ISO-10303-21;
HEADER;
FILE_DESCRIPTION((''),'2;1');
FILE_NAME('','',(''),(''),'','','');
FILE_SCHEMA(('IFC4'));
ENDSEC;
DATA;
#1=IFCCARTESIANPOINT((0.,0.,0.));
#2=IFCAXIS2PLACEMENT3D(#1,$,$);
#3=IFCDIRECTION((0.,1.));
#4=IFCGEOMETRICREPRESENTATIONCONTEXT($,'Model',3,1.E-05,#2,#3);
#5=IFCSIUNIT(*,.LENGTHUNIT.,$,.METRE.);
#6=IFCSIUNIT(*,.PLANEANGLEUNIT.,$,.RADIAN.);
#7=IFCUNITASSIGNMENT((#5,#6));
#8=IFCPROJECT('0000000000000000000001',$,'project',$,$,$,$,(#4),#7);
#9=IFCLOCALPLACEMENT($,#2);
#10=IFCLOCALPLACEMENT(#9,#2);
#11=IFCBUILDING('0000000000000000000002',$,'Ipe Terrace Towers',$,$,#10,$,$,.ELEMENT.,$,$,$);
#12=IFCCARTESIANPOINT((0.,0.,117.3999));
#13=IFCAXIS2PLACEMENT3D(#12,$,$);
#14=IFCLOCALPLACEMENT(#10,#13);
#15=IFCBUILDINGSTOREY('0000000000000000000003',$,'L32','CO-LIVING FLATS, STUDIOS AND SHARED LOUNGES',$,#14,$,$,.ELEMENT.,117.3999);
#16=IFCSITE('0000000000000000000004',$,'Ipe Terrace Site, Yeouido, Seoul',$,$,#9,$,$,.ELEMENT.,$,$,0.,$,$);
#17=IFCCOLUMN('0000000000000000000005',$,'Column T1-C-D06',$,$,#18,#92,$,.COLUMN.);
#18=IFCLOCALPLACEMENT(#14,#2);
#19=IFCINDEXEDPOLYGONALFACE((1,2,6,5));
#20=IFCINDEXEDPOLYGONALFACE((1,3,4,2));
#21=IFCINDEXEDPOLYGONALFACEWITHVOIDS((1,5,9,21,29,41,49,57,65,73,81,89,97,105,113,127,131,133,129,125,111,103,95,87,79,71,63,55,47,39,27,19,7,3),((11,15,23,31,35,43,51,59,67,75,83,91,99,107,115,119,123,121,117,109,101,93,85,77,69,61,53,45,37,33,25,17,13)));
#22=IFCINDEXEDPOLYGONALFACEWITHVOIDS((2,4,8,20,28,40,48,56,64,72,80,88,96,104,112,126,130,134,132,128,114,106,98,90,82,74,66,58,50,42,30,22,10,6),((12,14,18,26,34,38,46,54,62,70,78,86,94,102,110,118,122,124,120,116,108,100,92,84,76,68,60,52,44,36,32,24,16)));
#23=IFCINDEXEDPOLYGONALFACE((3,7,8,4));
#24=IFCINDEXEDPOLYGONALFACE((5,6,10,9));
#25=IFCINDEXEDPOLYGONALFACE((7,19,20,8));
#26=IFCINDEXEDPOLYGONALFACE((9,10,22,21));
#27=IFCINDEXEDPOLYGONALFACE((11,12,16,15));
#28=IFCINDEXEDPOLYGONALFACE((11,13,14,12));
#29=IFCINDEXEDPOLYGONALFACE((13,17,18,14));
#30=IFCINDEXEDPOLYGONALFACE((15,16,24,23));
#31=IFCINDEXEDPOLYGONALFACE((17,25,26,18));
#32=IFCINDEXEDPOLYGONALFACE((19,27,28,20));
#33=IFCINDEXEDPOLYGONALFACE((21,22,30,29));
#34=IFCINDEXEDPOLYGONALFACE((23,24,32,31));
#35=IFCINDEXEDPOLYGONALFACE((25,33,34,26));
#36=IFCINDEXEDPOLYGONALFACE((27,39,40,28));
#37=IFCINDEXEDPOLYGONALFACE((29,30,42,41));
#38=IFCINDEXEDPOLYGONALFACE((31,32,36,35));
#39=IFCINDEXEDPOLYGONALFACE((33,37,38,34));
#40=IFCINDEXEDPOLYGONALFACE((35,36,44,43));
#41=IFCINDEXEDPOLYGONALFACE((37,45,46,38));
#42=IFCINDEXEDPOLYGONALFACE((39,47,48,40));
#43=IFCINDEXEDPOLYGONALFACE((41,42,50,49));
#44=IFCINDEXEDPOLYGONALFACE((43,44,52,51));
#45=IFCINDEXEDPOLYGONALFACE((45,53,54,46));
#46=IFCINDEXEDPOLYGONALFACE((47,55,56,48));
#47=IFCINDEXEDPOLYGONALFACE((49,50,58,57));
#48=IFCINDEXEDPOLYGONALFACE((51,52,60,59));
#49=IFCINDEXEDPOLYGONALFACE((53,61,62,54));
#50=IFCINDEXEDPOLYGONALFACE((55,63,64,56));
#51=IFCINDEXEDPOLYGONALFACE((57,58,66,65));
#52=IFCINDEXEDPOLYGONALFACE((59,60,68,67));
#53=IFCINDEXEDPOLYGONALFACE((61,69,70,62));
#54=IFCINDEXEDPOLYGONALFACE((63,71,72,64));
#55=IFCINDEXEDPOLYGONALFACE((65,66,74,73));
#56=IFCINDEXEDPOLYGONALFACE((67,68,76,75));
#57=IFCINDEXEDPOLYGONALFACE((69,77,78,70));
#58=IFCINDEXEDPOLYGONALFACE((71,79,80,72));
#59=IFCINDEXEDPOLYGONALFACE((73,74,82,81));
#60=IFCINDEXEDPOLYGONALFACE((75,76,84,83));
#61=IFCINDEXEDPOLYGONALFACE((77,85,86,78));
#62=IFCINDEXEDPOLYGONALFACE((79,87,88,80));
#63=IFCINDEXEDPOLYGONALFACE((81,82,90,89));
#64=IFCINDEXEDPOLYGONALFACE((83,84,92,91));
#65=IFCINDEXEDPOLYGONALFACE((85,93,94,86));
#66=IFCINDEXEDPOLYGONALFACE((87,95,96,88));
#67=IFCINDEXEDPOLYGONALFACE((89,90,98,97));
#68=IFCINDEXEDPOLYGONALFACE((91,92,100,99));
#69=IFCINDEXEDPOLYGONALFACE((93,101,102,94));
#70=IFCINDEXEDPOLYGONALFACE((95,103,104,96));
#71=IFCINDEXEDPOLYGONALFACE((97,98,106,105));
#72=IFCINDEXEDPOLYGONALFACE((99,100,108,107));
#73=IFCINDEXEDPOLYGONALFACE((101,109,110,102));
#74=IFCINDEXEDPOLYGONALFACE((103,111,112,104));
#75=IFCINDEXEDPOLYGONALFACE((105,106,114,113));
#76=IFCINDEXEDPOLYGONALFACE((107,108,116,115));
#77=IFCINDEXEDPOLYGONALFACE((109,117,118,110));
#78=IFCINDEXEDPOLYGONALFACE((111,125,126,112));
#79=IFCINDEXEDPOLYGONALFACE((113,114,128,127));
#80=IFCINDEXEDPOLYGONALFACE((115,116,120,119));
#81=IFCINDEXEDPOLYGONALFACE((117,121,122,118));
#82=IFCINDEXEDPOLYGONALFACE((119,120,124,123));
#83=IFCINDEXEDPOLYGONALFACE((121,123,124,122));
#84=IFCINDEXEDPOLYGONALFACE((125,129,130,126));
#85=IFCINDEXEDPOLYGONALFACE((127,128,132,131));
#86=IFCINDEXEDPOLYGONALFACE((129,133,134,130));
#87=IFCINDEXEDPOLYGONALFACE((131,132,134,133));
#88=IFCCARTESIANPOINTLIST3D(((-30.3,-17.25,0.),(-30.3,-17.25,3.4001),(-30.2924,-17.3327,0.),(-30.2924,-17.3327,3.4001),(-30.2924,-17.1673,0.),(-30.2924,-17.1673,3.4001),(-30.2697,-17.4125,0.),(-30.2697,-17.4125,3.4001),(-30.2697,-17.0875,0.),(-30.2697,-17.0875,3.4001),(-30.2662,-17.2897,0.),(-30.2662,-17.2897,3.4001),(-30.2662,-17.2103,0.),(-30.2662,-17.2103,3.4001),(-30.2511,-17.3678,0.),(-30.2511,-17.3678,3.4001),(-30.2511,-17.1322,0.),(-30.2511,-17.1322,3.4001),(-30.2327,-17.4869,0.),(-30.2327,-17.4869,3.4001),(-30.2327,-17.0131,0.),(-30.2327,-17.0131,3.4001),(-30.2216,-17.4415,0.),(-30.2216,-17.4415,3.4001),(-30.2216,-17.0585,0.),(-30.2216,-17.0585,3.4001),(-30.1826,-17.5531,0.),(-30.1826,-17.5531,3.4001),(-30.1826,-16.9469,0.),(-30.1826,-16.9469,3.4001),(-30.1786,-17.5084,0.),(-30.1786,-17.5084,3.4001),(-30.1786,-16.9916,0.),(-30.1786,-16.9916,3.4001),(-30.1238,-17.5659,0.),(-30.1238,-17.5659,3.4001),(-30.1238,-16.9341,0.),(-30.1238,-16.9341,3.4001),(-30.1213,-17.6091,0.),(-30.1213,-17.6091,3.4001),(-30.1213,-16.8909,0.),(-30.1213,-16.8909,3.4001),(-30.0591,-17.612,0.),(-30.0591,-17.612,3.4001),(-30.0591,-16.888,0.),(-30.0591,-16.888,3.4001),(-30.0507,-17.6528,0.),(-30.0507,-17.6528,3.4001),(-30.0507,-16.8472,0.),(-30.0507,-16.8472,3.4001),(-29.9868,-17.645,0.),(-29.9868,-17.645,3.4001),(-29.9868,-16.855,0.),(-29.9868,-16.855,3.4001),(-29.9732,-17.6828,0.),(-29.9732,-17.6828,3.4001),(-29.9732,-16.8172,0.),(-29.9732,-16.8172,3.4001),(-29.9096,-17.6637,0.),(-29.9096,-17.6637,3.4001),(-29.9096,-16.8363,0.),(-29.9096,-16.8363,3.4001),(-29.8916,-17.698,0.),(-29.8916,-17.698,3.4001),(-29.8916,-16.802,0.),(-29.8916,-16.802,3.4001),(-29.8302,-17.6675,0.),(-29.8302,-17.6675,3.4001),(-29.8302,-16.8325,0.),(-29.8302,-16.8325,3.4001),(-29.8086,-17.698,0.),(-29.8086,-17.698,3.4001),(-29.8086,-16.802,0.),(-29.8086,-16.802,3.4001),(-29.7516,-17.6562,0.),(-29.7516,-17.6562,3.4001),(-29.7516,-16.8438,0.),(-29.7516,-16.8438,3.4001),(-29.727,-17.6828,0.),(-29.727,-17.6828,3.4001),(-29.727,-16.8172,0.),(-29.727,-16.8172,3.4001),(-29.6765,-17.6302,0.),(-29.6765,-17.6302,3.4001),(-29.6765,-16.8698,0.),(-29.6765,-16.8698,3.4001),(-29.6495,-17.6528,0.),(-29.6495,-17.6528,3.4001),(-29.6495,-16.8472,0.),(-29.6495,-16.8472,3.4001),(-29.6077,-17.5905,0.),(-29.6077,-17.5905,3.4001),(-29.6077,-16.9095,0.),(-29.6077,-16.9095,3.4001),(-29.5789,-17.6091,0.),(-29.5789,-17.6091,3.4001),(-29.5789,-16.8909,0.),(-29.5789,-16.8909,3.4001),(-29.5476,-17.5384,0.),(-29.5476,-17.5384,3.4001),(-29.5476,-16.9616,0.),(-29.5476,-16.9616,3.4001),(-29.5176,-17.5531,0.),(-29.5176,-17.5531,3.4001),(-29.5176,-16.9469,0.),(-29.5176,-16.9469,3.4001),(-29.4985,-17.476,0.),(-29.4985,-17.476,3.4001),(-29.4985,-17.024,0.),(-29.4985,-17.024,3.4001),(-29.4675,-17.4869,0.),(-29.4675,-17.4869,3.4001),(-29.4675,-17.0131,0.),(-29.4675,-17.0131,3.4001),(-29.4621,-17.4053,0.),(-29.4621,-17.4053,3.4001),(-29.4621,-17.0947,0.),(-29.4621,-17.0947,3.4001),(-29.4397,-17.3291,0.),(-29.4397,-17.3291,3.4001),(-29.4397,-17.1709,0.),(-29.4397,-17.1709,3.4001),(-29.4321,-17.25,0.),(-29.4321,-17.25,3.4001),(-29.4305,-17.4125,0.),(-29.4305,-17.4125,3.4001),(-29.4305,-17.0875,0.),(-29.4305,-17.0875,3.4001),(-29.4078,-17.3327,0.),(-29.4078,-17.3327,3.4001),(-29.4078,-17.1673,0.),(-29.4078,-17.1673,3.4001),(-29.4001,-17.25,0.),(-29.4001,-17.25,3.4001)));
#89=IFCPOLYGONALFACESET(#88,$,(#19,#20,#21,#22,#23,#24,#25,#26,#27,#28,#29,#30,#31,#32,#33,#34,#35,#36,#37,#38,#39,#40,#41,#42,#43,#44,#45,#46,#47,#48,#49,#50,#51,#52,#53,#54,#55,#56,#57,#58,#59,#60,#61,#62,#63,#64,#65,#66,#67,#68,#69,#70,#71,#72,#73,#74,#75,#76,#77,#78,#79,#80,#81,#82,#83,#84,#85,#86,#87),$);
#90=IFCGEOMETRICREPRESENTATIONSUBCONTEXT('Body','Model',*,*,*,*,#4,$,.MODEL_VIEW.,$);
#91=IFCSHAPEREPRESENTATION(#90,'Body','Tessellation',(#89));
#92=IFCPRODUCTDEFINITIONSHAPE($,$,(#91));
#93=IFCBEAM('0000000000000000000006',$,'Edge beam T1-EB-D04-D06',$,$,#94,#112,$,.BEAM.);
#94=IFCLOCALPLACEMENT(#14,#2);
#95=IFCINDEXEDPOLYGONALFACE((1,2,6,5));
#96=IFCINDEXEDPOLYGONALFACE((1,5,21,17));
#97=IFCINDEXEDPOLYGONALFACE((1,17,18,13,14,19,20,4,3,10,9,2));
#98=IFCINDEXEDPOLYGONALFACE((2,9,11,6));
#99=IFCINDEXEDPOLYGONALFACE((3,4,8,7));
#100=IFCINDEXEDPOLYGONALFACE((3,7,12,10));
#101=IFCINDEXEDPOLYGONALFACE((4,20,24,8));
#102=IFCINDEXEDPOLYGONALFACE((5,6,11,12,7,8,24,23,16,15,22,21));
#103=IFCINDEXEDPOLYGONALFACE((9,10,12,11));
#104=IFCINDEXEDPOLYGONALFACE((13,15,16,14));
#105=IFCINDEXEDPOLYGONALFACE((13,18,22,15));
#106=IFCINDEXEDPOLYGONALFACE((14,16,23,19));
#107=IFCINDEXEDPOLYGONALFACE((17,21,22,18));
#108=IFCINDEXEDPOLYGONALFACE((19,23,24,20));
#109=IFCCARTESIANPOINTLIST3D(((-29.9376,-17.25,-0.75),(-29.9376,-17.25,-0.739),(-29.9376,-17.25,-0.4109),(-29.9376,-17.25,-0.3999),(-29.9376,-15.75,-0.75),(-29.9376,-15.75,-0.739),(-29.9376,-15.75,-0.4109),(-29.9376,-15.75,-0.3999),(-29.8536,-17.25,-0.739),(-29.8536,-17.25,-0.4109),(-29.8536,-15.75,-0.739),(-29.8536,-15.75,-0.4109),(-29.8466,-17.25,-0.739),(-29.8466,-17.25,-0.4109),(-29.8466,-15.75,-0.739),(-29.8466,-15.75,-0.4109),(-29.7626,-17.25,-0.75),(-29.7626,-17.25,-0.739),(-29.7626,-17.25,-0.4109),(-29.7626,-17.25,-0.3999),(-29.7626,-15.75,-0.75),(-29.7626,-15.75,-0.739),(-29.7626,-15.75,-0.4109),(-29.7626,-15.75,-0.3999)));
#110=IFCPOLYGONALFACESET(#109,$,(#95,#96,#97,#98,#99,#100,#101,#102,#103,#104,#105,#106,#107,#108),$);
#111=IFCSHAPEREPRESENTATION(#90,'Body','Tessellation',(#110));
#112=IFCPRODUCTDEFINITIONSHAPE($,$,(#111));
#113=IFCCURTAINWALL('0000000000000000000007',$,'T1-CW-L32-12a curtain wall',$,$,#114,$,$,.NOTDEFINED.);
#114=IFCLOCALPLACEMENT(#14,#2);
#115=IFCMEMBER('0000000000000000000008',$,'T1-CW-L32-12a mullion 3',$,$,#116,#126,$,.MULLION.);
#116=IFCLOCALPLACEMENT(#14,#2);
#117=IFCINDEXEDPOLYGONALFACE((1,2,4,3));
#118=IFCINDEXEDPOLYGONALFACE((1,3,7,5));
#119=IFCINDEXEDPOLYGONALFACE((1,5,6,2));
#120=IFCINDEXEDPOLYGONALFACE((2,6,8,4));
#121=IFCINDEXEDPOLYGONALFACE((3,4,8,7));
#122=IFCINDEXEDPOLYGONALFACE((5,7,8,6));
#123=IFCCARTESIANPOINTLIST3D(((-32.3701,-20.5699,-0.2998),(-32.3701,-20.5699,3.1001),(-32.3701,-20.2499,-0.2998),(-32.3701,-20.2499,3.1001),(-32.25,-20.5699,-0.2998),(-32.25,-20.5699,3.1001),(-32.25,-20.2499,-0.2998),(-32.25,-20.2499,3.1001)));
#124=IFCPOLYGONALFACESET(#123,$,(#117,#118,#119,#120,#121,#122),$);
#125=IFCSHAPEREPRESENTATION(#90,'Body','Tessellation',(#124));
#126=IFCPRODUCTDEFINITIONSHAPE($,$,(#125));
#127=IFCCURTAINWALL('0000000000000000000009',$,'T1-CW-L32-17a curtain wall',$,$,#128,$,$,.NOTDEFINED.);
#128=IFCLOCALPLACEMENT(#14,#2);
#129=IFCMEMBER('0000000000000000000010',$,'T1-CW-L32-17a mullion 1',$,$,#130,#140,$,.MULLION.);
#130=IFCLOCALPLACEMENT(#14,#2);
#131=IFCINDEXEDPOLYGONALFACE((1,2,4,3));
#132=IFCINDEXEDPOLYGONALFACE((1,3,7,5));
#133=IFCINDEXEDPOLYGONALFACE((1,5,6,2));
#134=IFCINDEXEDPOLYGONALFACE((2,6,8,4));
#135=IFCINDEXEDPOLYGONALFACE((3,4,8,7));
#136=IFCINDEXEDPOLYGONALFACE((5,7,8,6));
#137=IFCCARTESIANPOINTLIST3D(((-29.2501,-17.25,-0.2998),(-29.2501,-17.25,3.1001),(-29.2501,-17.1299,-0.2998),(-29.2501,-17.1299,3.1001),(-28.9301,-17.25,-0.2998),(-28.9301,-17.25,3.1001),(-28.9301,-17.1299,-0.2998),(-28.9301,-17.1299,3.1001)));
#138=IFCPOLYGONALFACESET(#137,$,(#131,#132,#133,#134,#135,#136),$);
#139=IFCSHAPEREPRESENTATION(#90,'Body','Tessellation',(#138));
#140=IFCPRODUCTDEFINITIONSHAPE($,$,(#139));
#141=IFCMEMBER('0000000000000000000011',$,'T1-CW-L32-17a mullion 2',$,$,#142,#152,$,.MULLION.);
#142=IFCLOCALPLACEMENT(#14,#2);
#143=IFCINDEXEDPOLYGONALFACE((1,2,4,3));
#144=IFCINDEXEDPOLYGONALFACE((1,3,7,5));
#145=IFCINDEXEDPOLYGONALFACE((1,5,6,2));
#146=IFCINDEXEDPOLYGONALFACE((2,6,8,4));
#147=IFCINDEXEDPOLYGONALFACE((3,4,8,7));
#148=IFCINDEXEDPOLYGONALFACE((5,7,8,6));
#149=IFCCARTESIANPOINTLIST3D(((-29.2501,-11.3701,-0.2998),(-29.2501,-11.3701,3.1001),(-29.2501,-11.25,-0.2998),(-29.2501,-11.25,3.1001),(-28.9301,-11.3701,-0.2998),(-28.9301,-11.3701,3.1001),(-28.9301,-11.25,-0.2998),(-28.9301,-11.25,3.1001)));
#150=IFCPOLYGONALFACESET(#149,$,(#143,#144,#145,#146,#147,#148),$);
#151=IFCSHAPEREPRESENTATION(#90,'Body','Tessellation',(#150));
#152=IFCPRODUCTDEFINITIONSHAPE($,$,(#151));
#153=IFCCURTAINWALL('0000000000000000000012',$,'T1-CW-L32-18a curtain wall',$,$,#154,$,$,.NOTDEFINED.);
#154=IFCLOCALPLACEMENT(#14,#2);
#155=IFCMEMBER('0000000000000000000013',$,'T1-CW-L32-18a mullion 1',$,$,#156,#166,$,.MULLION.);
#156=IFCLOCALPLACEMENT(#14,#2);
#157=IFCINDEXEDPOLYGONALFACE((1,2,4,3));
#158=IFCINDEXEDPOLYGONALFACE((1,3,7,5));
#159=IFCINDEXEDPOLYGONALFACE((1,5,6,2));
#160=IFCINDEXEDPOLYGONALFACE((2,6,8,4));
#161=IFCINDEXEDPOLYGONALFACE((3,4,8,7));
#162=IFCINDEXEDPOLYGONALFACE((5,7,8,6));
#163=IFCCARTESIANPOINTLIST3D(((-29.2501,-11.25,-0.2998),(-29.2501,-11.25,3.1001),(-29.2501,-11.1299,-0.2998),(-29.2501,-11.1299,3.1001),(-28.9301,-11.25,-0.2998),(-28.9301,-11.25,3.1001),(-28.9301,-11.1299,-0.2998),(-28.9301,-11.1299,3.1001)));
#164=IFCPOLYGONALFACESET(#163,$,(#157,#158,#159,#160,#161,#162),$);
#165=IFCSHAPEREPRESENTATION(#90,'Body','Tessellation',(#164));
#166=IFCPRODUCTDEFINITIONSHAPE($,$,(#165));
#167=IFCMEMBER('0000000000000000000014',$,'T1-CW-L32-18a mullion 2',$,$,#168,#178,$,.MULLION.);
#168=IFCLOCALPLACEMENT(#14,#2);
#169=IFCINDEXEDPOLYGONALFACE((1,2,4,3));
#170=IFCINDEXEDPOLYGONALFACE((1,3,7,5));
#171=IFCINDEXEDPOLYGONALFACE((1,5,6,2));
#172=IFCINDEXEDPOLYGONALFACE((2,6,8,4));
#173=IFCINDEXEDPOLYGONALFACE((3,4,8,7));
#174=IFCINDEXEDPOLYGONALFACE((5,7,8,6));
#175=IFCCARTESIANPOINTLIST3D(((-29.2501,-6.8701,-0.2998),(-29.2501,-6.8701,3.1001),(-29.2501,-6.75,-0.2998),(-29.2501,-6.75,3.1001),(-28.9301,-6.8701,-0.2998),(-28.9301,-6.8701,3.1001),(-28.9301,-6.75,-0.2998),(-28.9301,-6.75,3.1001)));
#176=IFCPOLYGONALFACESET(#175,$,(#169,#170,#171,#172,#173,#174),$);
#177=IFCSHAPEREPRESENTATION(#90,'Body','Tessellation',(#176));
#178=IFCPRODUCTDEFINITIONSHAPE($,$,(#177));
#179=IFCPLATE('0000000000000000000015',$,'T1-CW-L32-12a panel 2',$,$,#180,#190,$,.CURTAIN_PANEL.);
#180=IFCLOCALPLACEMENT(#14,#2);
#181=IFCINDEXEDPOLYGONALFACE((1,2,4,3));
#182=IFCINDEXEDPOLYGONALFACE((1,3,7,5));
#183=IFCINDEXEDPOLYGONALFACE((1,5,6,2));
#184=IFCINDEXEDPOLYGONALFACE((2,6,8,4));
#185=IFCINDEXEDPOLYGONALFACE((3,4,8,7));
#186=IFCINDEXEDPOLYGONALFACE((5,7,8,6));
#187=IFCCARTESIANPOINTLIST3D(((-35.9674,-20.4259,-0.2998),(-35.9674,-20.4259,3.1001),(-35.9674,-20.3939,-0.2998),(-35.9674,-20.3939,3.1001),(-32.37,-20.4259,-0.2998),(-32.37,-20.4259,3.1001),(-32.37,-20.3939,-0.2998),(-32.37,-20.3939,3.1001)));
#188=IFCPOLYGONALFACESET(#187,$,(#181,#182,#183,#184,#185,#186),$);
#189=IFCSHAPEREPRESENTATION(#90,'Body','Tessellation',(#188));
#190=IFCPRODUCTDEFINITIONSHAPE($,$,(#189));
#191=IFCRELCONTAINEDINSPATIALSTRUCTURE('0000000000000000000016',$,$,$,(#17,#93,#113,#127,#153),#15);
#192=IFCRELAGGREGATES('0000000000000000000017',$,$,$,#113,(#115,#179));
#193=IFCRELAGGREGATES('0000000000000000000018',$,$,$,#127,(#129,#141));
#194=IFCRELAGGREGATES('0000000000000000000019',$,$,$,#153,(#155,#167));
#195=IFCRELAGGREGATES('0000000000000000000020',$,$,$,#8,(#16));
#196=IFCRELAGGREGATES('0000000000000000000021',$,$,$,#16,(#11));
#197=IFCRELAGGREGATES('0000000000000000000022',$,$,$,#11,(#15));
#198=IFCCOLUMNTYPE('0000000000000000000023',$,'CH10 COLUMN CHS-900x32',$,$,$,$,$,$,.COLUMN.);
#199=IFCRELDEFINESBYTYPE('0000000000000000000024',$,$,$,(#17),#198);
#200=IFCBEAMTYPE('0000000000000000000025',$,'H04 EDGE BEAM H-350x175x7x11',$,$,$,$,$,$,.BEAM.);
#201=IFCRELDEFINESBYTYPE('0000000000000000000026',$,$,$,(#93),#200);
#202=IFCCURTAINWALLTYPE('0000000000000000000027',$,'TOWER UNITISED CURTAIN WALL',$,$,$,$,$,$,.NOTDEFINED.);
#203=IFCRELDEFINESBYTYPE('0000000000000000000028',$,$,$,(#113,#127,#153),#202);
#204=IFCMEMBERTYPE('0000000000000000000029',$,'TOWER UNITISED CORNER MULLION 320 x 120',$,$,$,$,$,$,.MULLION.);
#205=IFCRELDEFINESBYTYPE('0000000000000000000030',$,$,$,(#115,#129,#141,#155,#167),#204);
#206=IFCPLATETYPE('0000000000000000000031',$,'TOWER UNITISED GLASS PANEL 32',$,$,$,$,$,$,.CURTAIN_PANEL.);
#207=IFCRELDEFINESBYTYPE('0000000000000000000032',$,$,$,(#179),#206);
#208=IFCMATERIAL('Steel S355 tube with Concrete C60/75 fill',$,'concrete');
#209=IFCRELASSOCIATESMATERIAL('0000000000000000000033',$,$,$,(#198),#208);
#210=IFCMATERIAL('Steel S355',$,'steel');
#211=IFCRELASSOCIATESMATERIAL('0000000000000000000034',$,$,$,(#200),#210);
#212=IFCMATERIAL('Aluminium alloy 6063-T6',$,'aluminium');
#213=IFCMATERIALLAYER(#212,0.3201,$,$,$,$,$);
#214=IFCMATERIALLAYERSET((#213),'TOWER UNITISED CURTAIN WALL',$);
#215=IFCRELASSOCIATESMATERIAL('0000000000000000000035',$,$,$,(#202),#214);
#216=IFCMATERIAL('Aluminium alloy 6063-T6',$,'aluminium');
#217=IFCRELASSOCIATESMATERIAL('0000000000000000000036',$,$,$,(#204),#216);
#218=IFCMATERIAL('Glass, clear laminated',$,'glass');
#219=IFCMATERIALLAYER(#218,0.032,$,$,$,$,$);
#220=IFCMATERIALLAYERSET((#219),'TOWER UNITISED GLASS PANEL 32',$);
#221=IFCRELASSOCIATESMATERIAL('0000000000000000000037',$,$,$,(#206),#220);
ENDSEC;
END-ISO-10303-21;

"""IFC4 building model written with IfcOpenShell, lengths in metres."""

from ifc_helpers import new_model, si_unit, direction, frame, origin, origin_2d, place, context, subcontext, project, spatial, rectangle, hollow_circle, i_section, extrude, material, layer, layer_set, material_profile, profile_set, type_object, element, aggregate, save


model = new_model("IFC4")

# Units and contexts
model_context = context("Model", 3, precision=1e-05, world=origin(), true_north=direction((0.0, 1.0)))
body_context = subcontext(model_context, "Body", "Model", "MODEL_VIEW")
ifc_project = project(units=[si_unit("LENGTHUNIT", "METRE"), si_unit("PLANEANGLEUNIT", "RADIAN")], contexts=[model_context])

# Site, building, storey
site_placement = place(None, origin())
site = spatial("IfcSite", under=ifc_project, at=site_placement, Name="Ipe Terrace Site, Yeouido, Seoul", CompositionType="ELEMENT", RefElevation=0.0)
building_placement = place(site_placement, origin())
building = spatial("IfcBuilding", under=site, at=building_placement, Name="Ipe Terrace Towers", CompositionType="ELEMENT")
storey_placement = place(building_placement, frame((0.0, 0.0, 117.3999)))
storey = spatial("IfcBuildingStorey", under=building, at=storey_placement, Name="L32", Description="CO-LIVING FLATS, STUDIOS AND SHARED LOUNGES", CompositionType="ELEMENT", Elevation=117.3999)

# Column
ifc_material_1 = material(Name="Steel S355 tube with Concrete C60/75 fill", Category="concrete")
ifc_material_profile_1 = material_profile(ifc_material_1, hollow_circle(Radius=0.45, WallThickness=0.032, at=origin_2d()), Name="CHS-900x32")
ifc_profile_set_1 = profile_set([ifc_material_profile_1], Name="Steel S355 tube with Concrete C60/75 fill")
column_type_1 = type_object("IfcColumnType", Name="CH10 COLUMN CHS-900x32", PredefinedType="COLUMN", material=ifc_profile_set_1)
for number, where, z_axis, x_axis, name in (
    (1, (-29.8501, -17.25, 0.0), (0.0, 0.0, 1.0), (1.0, 0.0, 0.0), "Column T1-C-D06"),
):
    element("IfcColumn", number, at=place(storey_placement, frame(where, z_axis=z_axis, x_axis=x_axis)), inside=storey, type_object=column_type_1, Name=name, PredefinedType="COLUMN", context=body_context, shape_type="SweptSolid", body=[
        extrude(hollow_circle(Radius=0.45, WallThickness=0.032, at=origin_2d()), origin(), (0.0, 0.0, 1.0), 3.4001),
    ])

# Beam
ifc_material_2 = material(Name="Steel S355", Category="steel")
ifc_material_profile_2 = material_profile(ifc_material_2, i_section(OverallWidth=0.175, OverallDepth=0.3501, WebThickness=0.0071, FlangeThickness=0.011, at=origin_2d()), Name="H-350x175x7x11")
ifc_profile_set_2 = profile_set([ifc_material_profile_2], Name="Steel S355")
beam_type = type_object("IfcBeamType", Name="H04 EDGE BEAM H-350x175x7x11", PredefinedType="BEAM", material=ifc_profile_set_2)
beam_placement = place(storey_placement, frame((-29.8501, -15.75, -0.575), z_axis=(0.0, -1.0, 0.0), x_axis=(1.0, 0.0, 0.0)))
element("IfcBeam", 2, at=beam_placement, inside=storey, type_object=beam_type, Name="Edge beam T1-EB-D04-D06", PredefinedType="BEAM", context=body_context, shape_type="SweptSolid", body=[
    extrude(i_section(OverallWidth=0.175, OverallDepth=0.3501, WebThickness=0.0071, FlangeThickness=0.011, at=origin_2d()), origin(), (0.0, 0.0, 1.0), 1.5),
])

# Curtain wall, member
ifc_material_3 = material(Name="Aluminium alloy 6063-T6", Category="aluminium")
ifc_layer_1 = layer(ifc_material_3, 0.3201)
ifc_layer_set_1 = layer_set([ifc_layer_1], Name="TOWER UNITISED CURTAIN WALL")
curtain_wall_type = type_object("IfcCurtainWallType", Name="TOWER UNITISED CURTAIN WALL", PredefinedType="NOTDEFINED", material=ifc_layer_set_1)
curtain_wall_1_placement = place(storey_placement, origin())
curtain_wall_1 = element("IfcCurtainWall", 3, at=curtain_wall_1_placement, inside=storey, type_object=curtain_wall_type, Name="T1-CW-L32-12a curtain wall", PredefinedType="NOTDEFINED")
ifc_material_4 = material(Name="Aluminium alloy 6063-T6", Category="aluminium")
ifc_material_profile_3 = material_profile(ifc_material_4, rectangle(XDim=0.3201, YDim=0.1201, at=origin_2d()), Name="TOWER UNITISED CORNER MULLION 320 x 120")
ifc_profile_set_3 = profile_set([ifc_material_profile_3], Name="Aluminium alloy 6063-T6")
member_type = type_object("IfcMemberType", Name="TOWER UNITISED CORNER MULLION 320 x 120", PredefinedType="MULLION", material=ifc_profile_set_3)
member_1_placement = place(storey_placement, frame((-32.3101, -20.4099, -0.2998), z_axis=(0.0, 0.0, 1.0), x_axis=(0.0, -1.0, 0.0)))
member_1 = element("IfcMember", 4, at=member_1_placement, type_object=member_type, Name="T1-CW-L32-12a mullion 3", PredefinedType="MULLION", context=body_context, shape_type="SweptSolid", body=[
    extrude(rectangle(XDim=0.3201, YDim=0.1201, at=origin_2d()), origin(), (0.0, 0.0, 1.0), 3.3999),
])

# Curtain walls, members
curtain_wall_2_placement = place(storey_placement, origin())
curtain_wall_2 = element("IfcCurtainWall", 5, at=curtain_wall_2_placement, inside=storey, type_object=curtain_wall_type, Name="T1-CW-L32-17a curtain wall", PredefinedType="NOTDEFINED")
member_2_placement = place(storey_placement, frame((-29.0901, -17.1899, -0.2998), z_axis=(0.0, 0.0, 1.0), x_axis=(1.0, 0.0, 0.0)))
member_2 = element("IfcMember", 6, at=member_2_placement, type_object=member_type, Name="T1-CW-L32-17a mullion 1", PredefinedType="MULLION", context=body_context, shape_type="SweptSolid", body=[
    extrude(rectangle(XDim=0.3201, YDim=0.1201, at=origin_2d()), origin(), (0.0, 0.0, 1.0), 3.3999),
])
member_3_placement = place(storey_placement, frame((-29.0901, -11.3101, -0.2998), z_axis=(0.0, 0.0, 1.0), x_axis=(1.0, 0.0, 0.0)))
member_3 = element("IfcMember", 7, at=member_3_placement, type_object=member_type, Name="T1-CW-L32-17a mullion 2", PredefinedType="MULLION", context=body_context, shape_type="SweptSolid", body=[
    extrude(rectangle(XDim=0.3201, YDim=0.1201, at=origin_2d()), origin(), (0.0, 0.0, 1.0), 3.3999),
])
curtain_wall_3_placement = place(storey_placement, origin())
curtain_wall_3 = element("IfcCurtainWall", 8, at=curtain_wall_3_placement, inside=storey, type_object=curtain_wall_type, Name="T1-CW-L32-18a curtain wall", PredefinedType="NOTDEFINED")
member_4_placement = place(storey_placement, frame((-29.0901, -11.1899, -0.2998), z_axis=(0.0, 0.0, 1.0), x_axis=(1.0, 0.0, 0.0)))
member_4 = element("IfcMember", 9, at=member_4_placement, type_object=member_type, Name="T1-CW-L32-18a mullion 1", PredefinedType="MULLION", context=body_context, shape_type="SweptSolid", body=[
    extrude(rectangle(XDim=0.3201, YDim=0.1201, at=origin_2d()), origin(), (0.0, 0.0, 1.0), 3.3999),
])
member_5_placement = place(storey_placement, frame((-29.0901, -6.8101, -0.2998), z_axis=(0.0, 0.0, 1.0), x_axis=(1.0, 0.0, 0.0)))
member_5 = element("IfcMember", 10, at=member_5_placement, type_object=member_type, Name="T1-CW-L32-18a mullion 2", PredefinedType="MULLION", context=body_context, shape_type="SweptSolid", body=[
    extrude(rectangle(XDim=0.3201, YDim=0.1201, at=origin_2d()), origin(), (0.0, 0.0, 1.0), 3.3999),
])

# Plate
ifc_material_5 = material(Name="Glass, clear laminated", Category="glass")
ifc_layer_2 = layer(ifc_material_5, 0.032)
ifc_layer_set_2 = layer_set([ifc_layer_2], Name="TOWER UNITISED GLASS PANEL 32")
plate_type = type_object("IfcPlateType", Name="TOWER UNITISED GLASS PANEL 32", PredefinedType="CURTAIN_PANEL", material=ifc_layer_set_2)
plate_1_placement = place(storey_placement, frame((-34.1687, -20.4099, -0.2998), z_axis=(0.0, 0.0, 1.0), x_axis=(1.0, 0.0, 0.0)))
plate_1 = element("IfcPlate", 11, at=plate_1_placement, type_object=plate_type, Name="T1-CW-L32-12a panel 2", PredefinedType="CURTAIN_PANEL", context=body_context, shape_type="SweptSolid", body=[
    extrude(rectangle(XDim=3.5974, YDim=0.032, at=origin_2d()), origin(), (0.0, 0.0, 1.0), 3.3999),
])
aggregate(curtain_wall_1, [member_1, plate_1])
aggregate(curtain_wall_2, [member_2, member_3])
aggregate(curtain_wall_3, [member_4, member_5])

save(model, "model.ifc")
